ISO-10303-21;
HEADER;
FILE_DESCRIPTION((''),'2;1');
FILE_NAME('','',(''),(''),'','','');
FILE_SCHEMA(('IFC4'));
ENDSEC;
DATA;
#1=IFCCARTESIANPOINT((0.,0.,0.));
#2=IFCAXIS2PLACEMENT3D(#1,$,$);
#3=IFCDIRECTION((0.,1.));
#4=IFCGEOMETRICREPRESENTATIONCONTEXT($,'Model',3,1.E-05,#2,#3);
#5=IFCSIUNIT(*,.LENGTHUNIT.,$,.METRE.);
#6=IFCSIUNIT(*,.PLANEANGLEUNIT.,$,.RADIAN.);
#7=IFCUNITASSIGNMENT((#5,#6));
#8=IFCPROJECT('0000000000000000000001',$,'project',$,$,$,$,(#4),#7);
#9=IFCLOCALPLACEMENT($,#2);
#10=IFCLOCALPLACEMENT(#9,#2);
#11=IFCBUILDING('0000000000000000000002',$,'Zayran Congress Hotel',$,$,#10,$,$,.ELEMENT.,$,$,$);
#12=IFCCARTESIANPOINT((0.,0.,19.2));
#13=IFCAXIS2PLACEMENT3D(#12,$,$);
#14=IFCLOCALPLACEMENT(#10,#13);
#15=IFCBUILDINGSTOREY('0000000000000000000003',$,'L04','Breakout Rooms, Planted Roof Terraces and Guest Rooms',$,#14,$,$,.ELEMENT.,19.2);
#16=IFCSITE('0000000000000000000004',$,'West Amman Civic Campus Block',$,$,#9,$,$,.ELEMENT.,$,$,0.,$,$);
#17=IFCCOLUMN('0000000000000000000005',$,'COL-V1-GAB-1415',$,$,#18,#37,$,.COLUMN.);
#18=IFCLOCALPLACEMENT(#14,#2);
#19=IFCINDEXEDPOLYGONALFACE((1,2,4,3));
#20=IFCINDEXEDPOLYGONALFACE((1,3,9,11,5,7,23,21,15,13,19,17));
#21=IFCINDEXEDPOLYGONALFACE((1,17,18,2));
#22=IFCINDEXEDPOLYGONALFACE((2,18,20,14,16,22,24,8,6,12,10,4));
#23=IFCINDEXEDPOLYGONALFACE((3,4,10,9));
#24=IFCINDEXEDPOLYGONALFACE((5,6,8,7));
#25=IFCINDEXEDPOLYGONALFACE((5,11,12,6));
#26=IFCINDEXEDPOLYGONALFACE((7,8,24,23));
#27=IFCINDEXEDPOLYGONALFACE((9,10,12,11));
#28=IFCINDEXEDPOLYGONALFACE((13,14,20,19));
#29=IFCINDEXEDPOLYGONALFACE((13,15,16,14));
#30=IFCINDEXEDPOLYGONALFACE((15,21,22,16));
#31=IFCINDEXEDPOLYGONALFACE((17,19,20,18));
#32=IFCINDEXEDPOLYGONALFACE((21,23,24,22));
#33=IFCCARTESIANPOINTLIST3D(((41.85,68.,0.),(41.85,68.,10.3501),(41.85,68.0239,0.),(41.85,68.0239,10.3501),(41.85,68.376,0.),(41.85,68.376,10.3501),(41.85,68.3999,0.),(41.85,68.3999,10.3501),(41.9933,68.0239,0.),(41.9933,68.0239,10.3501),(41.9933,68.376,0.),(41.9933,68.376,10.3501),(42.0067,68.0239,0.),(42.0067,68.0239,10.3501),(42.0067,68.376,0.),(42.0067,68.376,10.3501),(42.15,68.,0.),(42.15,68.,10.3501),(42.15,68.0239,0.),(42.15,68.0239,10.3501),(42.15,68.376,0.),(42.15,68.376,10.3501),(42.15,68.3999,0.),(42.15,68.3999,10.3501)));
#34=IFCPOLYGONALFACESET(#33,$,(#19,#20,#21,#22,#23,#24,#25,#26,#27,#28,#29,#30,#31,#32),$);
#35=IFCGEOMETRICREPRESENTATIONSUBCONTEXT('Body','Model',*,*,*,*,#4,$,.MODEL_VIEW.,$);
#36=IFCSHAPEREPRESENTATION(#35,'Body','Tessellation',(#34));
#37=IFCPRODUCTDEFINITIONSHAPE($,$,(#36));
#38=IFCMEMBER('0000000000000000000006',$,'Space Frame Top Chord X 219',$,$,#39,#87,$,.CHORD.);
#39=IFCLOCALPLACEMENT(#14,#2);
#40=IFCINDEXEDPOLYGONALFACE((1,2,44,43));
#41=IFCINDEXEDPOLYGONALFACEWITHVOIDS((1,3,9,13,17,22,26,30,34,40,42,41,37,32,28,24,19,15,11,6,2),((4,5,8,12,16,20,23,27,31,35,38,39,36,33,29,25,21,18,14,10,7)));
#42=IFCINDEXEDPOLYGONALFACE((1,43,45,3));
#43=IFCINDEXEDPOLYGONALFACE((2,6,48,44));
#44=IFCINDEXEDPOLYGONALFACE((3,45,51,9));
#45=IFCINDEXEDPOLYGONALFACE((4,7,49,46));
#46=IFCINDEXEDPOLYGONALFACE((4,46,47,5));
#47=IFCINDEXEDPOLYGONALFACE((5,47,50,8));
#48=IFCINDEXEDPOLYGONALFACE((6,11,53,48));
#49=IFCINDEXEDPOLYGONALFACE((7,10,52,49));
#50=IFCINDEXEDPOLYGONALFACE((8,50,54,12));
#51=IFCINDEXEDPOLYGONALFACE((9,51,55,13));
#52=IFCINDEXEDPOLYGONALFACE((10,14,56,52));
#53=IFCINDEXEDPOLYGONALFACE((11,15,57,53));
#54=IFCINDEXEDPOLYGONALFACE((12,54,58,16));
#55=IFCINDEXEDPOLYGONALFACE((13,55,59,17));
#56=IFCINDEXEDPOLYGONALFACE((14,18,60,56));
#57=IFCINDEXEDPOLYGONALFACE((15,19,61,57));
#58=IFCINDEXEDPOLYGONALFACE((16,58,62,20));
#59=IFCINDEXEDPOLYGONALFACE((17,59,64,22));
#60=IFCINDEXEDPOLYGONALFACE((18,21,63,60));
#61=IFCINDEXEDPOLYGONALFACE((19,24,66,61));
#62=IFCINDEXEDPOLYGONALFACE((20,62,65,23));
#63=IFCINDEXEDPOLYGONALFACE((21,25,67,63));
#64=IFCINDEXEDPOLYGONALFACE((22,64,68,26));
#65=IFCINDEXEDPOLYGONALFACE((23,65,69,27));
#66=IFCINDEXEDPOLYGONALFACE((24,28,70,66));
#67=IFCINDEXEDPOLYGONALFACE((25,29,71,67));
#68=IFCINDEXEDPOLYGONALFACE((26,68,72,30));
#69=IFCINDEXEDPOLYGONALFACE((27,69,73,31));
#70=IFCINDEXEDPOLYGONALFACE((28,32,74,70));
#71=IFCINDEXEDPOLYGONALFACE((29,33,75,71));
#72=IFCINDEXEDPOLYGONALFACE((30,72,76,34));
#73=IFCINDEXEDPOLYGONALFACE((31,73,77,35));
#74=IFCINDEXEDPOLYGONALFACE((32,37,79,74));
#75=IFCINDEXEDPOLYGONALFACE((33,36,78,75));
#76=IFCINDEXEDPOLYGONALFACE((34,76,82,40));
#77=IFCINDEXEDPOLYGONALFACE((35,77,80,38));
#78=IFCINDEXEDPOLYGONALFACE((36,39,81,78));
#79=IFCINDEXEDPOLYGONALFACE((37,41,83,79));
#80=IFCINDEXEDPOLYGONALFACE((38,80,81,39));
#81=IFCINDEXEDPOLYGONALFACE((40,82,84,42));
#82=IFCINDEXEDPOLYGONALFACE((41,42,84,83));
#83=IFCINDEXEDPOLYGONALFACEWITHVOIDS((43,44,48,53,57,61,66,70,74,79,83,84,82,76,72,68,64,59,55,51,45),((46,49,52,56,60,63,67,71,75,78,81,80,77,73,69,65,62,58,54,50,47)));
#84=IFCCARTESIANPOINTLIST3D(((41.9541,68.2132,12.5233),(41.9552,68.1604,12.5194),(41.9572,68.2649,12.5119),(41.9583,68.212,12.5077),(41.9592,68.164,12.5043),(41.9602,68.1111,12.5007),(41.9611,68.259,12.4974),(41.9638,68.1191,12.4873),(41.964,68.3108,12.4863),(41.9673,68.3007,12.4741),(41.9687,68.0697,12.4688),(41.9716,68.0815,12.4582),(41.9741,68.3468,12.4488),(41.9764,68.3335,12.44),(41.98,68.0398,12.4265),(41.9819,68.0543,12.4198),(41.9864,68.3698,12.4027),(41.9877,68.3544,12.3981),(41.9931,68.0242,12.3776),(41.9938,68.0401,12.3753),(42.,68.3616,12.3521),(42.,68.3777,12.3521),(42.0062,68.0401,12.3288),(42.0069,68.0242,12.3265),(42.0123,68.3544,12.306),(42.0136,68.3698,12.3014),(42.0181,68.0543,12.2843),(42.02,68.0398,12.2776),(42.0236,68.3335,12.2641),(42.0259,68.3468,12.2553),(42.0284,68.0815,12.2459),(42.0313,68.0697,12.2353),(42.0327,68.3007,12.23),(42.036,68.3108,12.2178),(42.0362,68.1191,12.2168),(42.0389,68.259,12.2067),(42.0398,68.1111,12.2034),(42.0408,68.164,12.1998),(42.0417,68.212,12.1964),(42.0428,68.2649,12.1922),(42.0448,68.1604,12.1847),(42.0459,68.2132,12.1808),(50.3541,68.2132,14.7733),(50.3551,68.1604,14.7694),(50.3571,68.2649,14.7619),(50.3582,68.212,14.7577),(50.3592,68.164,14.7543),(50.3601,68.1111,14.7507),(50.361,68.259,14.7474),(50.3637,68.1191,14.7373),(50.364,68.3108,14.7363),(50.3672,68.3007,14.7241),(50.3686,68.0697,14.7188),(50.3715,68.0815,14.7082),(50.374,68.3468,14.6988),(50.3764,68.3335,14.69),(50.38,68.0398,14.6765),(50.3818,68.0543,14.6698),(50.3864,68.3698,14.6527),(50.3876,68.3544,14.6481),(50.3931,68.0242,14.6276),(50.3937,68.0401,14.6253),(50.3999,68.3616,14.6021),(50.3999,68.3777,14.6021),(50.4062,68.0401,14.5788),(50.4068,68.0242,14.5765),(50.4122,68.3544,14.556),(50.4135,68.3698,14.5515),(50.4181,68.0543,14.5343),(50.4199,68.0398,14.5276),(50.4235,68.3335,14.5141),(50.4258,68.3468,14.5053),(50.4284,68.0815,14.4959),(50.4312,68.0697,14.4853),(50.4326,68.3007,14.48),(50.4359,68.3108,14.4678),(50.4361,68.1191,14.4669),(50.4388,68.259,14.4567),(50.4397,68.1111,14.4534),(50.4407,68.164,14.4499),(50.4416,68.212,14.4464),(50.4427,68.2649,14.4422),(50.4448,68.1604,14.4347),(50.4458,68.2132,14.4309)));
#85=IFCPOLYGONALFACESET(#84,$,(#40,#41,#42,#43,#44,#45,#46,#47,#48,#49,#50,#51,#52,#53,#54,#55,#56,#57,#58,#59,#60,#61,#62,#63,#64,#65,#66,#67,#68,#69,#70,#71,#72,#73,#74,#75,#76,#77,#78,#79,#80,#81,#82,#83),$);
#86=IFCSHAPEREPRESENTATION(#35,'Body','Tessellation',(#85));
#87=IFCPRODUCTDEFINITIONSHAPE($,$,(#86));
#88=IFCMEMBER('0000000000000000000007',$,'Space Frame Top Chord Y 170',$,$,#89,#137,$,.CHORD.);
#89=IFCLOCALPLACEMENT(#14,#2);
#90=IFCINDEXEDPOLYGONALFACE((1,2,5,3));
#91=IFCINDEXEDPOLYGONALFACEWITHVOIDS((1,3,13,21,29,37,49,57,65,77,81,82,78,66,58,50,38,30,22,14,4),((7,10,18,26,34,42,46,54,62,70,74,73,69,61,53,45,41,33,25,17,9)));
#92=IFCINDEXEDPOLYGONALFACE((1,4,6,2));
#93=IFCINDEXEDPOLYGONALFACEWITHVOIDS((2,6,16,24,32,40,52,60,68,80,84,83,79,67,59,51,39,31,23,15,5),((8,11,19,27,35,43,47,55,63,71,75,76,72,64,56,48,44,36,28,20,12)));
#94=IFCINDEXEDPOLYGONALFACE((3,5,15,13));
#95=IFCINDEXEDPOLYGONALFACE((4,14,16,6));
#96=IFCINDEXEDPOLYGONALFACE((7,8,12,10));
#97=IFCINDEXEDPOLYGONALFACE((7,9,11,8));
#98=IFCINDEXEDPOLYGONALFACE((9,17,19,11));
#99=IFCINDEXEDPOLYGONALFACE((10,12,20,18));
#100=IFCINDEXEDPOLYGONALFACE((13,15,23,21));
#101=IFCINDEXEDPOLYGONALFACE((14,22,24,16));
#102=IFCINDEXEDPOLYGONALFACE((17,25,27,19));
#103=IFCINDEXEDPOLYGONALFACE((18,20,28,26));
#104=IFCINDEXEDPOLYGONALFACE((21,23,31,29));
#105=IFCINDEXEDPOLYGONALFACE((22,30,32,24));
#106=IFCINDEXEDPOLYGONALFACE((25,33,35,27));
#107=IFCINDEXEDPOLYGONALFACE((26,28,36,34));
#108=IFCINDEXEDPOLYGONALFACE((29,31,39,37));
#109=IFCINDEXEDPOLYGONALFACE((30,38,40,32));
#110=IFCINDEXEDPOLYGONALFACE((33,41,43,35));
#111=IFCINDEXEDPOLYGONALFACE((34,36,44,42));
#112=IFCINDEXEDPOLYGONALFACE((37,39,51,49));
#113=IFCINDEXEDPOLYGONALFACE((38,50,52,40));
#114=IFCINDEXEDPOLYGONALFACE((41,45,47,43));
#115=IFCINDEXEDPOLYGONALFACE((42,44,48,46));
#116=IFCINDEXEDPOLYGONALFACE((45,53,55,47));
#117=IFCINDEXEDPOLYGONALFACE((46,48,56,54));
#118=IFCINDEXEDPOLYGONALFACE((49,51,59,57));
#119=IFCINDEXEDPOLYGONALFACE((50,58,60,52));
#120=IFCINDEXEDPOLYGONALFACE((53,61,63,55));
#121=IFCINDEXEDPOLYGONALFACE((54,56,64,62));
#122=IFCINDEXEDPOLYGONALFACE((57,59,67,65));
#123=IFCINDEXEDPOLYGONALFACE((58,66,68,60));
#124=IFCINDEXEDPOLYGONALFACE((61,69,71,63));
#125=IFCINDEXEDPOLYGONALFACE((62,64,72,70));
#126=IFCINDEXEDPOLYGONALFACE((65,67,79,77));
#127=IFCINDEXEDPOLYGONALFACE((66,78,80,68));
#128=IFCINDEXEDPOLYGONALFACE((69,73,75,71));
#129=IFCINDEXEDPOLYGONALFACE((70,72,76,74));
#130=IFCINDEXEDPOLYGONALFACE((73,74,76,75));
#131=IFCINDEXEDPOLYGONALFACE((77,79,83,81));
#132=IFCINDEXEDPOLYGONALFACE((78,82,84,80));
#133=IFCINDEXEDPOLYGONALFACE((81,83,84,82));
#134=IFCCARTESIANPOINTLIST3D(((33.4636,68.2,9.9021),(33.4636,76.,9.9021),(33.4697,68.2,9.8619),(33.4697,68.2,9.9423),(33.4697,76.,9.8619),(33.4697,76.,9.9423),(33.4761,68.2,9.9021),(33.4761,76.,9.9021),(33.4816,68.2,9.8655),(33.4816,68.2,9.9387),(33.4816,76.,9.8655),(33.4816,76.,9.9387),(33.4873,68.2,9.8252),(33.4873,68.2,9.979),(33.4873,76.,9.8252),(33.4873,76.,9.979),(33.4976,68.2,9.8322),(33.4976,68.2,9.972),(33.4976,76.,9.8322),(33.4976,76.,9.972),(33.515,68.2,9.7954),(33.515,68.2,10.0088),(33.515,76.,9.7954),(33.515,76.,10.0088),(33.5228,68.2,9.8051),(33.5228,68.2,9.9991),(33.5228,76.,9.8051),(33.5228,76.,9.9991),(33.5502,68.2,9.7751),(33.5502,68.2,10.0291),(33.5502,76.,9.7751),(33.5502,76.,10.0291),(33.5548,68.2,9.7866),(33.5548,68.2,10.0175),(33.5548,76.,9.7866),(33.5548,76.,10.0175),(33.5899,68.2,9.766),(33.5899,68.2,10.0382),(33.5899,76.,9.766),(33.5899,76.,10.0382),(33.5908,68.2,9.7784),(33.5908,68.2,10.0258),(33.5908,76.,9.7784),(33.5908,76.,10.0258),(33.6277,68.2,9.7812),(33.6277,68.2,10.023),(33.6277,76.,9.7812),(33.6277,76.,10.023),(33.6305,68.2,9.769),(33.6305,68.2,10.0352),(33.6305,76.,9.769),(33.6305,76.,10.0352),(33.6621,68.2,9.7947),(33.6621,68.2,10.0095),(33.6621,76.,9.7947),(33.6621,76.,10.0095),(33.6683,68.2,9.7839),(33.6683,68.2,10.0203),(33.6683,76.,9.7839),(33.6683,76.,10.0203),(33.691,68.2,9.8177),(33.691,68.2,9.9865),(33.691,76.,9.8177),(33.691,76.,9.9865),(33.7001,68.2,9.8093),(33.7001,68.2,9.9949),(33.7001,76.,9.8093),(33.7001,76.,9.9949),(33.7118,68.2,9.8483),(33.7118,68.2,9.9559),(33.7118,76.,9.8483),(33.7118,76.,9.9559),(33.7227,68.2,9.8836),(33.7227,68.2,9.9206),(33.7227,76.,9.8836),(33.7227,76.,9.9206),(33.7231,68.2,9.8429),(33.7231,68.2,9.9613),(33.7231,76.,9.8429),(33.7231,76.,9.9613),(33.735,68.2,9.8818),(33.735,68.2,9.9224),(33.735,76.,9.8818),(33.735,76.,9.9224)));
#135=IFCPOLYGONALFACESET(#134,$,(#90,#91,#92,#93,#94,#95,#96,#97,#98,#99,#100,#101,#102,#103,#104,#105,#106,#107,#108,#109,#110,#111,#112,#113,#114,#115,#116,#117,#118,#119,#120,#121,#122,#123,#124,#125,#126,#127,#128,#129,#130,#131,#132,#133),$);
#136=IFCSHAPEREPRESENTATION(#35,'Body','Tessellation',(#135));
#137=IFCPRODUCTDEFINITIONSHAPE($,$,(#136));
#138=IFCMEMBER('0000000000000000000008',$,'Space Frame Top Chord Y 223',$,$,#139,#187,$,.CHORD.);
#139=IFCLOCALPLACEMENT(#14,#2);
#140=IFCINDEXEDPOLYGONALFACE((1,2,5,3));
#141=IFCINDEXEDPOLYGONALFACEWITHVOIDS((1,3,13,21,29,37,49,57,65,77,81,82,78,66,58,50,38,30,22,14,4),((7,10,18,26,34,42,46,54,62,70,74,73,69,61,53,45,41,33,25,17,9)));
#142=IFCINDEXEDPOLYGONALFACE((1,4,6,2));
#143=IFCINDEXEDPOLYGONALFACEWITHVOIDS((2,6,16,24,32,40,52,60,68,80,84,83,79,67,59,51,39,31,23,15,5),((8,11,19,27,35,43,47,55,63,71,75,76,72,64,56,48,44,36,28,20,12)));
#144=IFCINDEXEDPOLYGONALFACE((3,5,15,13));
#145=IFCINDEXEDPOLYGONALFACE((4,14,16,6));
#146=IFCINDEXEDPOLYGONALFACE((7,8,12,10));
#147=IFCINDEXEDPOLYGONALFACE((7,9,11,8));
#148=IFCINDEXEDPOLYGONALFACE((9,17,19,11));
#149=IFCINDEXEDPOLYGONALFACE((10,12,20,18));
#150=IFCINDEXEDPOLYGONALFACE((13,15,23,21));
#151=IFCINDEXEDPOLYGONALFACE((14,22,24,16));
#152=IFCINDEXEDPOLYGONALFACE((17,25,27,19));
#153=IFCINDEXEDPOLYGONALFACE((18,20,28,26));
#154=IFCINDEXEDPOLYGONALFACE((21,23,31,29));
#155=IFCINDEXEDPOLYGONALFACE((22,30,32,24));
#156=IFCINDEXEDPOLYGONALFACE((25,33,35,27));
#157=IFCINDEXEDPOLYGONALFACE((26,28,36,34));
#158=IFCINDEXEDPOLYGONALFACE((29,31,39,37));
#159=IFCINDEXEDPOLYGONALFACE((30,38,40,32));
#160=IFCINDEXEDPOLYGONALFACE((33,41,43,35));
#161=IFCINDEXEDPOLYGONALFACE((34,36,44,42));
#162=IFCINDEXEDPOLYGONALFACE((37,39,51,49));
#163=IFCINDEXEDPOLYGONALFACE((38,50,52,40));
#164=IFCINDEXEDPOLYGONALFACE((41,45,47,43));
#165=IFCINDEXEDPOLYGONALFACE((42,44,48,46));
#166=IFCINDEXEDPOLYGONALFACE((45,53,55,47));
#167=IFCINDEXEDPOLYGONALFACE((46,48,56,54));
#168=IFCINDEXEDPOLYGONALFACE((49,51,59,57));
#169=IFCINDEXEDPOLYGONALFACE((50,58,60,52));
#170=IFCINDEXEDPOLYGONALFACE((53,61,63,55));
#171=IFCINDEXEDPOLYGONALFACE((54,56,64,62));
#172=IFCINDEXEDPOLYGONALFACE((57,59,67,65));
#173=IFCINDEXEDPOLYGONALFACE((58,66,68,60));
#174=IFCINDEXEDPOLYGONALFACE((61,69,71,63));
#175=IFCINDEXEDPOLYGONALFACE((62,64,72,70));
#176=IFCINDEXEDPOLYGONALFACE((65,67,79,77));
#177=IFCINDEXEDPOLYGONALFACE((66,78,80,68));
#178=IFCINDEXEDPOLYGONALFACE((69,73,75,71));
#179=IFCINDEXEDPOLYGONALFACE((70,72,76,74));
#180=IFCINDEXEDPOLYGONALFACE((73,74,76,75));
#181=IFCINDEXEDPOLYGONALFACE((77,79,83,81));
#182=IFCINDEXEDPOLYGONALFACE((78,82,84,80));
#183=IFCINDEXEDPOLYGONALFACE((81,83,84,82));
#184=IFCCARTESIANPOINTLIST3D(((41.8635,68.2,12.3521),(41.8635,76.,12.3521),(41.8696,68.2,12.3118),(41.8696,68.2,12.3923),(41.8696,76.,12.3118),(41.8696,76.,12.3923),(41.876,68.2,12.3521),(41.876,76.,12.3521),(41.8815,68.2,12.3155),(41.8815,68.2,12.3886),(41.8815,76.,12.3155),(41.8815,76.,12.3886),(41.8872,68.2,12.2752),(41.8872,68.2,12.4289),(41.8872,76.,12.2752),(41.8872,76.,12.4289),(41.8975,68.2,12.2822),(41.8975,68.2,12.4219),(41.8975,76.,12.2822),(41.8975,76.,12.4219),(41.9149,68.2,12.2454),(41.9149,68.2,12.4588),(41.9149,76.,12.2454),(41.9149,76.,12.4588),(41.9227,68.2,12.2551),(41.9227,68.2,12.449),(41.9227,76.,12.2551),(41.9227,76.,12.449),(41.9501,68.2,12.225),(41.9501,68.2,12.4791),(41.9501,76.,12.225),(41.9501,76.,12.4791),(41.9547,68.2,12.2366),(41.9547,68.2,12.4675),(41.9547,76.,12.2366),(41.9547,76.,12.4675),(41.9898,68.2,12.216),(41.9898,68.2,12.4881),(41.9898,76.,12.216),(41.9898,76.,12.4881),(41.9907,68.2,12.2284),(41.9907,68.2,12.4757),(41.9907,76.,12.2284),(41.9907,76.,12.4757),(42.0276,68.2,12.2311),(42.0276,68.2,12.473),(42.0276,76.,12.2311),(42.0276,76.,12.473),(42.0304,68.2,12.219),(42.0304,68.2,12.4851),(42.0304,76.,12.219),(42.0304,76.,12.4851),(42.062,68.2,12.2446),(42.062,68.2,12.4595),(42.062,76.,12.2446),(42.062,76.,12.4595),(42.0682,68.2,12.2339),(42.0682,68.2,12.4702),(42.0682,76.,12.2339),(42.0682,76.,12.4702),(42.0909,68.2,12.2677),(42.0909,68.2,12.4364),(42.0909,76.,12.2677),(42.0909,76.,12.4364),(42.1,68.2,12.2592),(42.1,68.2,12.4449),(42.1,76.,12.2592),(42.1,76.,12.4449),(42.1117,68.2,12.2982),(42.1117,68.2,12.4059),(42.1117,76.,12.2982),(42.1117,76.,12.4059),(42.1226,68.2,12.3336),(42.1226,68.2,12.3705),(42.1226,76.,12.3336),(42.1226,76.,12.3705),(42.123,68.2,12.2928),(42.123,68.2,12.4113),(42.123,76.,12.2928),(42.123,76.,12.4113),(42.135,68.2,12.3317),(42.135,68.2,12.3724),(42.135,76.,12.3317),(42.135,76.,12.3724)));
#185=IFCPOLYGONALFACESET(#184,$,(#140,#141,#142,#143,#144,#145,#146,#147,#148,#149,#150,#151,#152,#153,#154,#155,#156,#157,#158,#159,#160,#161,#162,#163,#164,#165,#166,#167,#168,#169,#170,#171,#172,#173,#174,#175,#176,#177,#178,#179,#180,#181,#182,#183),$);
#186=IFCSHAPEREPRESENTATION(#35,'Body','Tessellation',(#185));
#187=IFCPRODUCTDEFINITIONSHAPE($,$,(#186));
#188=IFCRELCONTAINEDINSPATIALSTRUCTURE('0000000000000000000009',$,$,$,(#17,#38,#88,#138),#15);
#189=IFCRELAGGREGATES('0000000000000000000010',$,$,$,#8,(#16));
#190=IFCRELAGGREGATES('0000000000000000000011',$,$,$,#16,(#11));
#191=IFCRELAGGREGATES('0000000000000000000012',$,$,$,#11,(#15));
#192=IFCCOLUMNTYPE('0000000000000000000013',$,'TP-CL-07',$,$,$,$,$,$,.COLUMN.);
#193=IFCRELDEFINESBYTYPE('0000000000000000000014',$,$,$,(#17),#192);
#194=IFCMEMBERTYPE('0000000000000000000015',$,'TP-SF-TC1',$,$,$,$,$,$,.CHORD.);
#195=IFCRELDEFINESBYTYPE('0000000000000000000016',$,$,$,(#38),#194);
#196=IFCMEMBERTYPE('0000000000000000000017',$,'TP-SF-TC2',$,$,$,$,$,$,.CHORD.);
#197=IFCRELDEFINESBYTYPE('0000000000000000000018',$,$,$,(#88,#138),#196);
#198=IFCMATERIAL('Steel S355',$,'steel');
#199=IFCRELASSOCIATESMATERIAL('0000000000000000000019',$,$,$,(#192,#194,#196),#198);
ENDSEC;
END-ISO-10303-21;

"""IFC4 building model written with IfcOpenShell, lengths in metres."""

from ifc_helpers import new_model, si_unit, direction, frame, origin, origin_2d, place, context, subcontext, project, spatial, hollow_circle, i_section, extrude, material, material_profile, profile_set, type_object, element, save


model = new_model("IFC4")

# Units and contexts
model_context = context("Model", 3, precision=1e-05, world=origin(), true_north=direction((0.0, 1.0)))
body_context = subcontext(model_context, "Body", "Model", "MODEL_VIEW")
ifc_project = project(units=[si_unit("LENGTHUNIT", "METRE"), si_unit("PLANEANGLEUNIT", "RADIAN")], contexts=[model_context])

# Site, building, storey
site_placement = place(None, origin())
site = spatial("IfcSite", under=ifc_project, at=site_placement, Name="West Amman Civic Campus Block", CompositionType="ELEMENT", RefElevation=0.0)
building_placement = place(site_placement, origin())
building = spatial("IfcBuilding", under=site, at=building_placement, Name="Zayran Congress Hotel", CompositionType="ELEMENT")
storey_placement = place(building_placement, frame((0.0, 0.0, 19.2)))
storey = spatial("IfcBuildingStorey", under=building, at=storey_placement, Name="L04", Description="Breakout Rooms, Planted Roof Terraces and Guest Rooms", CompositionType="ELEMENT", Elevation=19.2)

# Column
ifc_material = material(Name="Steel S355", Category="steel")
ifc_material_profile_1 = material_profile(ifc_material, i_section(OverallWidth=0.3, OverallDepth=0.3999, WebThickness=0.0134, FlangeThickness=0.0239, at=origin_2d()), Name="HEB 400")
ifc_profile_set_1 = profile_set([ifc_material_profile_1], Name="Steel S355")
column_type = type_object("IfcColumnType", Name="TP-CL-07", PredefinedType="COLUMN", material=ifc_profile_set_1)
column_placement = place(storey_placement, frame((42.0, 68.2, 0.0), z_axis=(0.0, 0.0, 1.0), x_axis=(1.0, 0.0, 0.0)))
element("IfcColumn", 1, at=column_placement, inside=storey, type_object=column_type, Name="COL-V1-GAB-1415", PredefinedType="COLUMN", context=body_context, shape_type="SweptSolid", body=[
    extrude(i_section(OverallWidth=0.3, OverallDepth=0.3999, WebThickness=0.0134, FlangeThickness=0.0239, at=origin_2d()), origin(), (0.0, 0.0, 1.0), 10.3501),
])

# Members
ifc_material_profile_2 = material_profile(ifc_material, hollow_circle(Radius=0.1777, WallThickness=0.0161, at=origin_2d()), Name="CHS 355.6x16")
ifc_profile_set_2 = profile_set([ifc_material_profile_2], Name="Steel S355")
member_type_1 = type_object("IfcMemberType", Name="TP-SF-TC1", PredefinedType="CHORD", material=ifc_profile_set_2)
member_1_placement = place(storey_placement, frame((42.0, 68.2, 12.3521), z_axis=(0.965947, 0.0, 0.258739), x_axis=(0.0, 1.0, 0.0)))
element("IfcMember", 2, at=member_1_placement, inside=storey, type_object=member_type_1, Name="Space Frame Top Chord X 219", PredefinedType="CHORD", context=body_context, shape_type="SweptSolid", body=[
    extrude(hollow_circle(Radius=0.1777, WallThickness=0.0161, at=origin_2d()), origin(), (0.0, 0.0, 1.0), 8.696),
])
ifc_material_profile_3 = material_profile(ifc_material, hollow_circle(Radius=0.1365, WallThickness=0.0125, at=origin_2d()), Name="CHS 273x12.5")
ifc_profile_set_3 = profile_set([ifc_material_profile_3], Name="Steel S355")
member_type_2 = type_object("IfcMemberType", Name="TP-SF-TC2", PredefinedType="CHORD", material=ifc_profile_set_3)
for number, where, z_axis, x_axis, name in (
    (3, (33.6001, 68.2, 9.9021), (0.0, 1.0, 0.0), (-1.0, 0.0, 0.0), "Space Frame Top Chord Y 170"),
    (4, (42.0, 68.2, 12.3521), (0.0, 1.0, 0.0), (-1.0, 0.0, 0.0), "Space Frame Top Chord Y 223"),
):
    element("IfcMember", number, at=place(storey_placement, frame(where, z_axis=z_axis, x_axis=x_axis)), inside=storey, type_object=member_type_2, Name=name, PredefinedType="CHORD", context=body_context, shape_type="SweptSolid", body=[
        extrude(hollow_circle(Radius=0.1365, WallThickness=0.0125, at=origin_2d()), origin(), (0.0, 0.0, 1.0), 7.8),
    ])

save(model, "model.ifc")
